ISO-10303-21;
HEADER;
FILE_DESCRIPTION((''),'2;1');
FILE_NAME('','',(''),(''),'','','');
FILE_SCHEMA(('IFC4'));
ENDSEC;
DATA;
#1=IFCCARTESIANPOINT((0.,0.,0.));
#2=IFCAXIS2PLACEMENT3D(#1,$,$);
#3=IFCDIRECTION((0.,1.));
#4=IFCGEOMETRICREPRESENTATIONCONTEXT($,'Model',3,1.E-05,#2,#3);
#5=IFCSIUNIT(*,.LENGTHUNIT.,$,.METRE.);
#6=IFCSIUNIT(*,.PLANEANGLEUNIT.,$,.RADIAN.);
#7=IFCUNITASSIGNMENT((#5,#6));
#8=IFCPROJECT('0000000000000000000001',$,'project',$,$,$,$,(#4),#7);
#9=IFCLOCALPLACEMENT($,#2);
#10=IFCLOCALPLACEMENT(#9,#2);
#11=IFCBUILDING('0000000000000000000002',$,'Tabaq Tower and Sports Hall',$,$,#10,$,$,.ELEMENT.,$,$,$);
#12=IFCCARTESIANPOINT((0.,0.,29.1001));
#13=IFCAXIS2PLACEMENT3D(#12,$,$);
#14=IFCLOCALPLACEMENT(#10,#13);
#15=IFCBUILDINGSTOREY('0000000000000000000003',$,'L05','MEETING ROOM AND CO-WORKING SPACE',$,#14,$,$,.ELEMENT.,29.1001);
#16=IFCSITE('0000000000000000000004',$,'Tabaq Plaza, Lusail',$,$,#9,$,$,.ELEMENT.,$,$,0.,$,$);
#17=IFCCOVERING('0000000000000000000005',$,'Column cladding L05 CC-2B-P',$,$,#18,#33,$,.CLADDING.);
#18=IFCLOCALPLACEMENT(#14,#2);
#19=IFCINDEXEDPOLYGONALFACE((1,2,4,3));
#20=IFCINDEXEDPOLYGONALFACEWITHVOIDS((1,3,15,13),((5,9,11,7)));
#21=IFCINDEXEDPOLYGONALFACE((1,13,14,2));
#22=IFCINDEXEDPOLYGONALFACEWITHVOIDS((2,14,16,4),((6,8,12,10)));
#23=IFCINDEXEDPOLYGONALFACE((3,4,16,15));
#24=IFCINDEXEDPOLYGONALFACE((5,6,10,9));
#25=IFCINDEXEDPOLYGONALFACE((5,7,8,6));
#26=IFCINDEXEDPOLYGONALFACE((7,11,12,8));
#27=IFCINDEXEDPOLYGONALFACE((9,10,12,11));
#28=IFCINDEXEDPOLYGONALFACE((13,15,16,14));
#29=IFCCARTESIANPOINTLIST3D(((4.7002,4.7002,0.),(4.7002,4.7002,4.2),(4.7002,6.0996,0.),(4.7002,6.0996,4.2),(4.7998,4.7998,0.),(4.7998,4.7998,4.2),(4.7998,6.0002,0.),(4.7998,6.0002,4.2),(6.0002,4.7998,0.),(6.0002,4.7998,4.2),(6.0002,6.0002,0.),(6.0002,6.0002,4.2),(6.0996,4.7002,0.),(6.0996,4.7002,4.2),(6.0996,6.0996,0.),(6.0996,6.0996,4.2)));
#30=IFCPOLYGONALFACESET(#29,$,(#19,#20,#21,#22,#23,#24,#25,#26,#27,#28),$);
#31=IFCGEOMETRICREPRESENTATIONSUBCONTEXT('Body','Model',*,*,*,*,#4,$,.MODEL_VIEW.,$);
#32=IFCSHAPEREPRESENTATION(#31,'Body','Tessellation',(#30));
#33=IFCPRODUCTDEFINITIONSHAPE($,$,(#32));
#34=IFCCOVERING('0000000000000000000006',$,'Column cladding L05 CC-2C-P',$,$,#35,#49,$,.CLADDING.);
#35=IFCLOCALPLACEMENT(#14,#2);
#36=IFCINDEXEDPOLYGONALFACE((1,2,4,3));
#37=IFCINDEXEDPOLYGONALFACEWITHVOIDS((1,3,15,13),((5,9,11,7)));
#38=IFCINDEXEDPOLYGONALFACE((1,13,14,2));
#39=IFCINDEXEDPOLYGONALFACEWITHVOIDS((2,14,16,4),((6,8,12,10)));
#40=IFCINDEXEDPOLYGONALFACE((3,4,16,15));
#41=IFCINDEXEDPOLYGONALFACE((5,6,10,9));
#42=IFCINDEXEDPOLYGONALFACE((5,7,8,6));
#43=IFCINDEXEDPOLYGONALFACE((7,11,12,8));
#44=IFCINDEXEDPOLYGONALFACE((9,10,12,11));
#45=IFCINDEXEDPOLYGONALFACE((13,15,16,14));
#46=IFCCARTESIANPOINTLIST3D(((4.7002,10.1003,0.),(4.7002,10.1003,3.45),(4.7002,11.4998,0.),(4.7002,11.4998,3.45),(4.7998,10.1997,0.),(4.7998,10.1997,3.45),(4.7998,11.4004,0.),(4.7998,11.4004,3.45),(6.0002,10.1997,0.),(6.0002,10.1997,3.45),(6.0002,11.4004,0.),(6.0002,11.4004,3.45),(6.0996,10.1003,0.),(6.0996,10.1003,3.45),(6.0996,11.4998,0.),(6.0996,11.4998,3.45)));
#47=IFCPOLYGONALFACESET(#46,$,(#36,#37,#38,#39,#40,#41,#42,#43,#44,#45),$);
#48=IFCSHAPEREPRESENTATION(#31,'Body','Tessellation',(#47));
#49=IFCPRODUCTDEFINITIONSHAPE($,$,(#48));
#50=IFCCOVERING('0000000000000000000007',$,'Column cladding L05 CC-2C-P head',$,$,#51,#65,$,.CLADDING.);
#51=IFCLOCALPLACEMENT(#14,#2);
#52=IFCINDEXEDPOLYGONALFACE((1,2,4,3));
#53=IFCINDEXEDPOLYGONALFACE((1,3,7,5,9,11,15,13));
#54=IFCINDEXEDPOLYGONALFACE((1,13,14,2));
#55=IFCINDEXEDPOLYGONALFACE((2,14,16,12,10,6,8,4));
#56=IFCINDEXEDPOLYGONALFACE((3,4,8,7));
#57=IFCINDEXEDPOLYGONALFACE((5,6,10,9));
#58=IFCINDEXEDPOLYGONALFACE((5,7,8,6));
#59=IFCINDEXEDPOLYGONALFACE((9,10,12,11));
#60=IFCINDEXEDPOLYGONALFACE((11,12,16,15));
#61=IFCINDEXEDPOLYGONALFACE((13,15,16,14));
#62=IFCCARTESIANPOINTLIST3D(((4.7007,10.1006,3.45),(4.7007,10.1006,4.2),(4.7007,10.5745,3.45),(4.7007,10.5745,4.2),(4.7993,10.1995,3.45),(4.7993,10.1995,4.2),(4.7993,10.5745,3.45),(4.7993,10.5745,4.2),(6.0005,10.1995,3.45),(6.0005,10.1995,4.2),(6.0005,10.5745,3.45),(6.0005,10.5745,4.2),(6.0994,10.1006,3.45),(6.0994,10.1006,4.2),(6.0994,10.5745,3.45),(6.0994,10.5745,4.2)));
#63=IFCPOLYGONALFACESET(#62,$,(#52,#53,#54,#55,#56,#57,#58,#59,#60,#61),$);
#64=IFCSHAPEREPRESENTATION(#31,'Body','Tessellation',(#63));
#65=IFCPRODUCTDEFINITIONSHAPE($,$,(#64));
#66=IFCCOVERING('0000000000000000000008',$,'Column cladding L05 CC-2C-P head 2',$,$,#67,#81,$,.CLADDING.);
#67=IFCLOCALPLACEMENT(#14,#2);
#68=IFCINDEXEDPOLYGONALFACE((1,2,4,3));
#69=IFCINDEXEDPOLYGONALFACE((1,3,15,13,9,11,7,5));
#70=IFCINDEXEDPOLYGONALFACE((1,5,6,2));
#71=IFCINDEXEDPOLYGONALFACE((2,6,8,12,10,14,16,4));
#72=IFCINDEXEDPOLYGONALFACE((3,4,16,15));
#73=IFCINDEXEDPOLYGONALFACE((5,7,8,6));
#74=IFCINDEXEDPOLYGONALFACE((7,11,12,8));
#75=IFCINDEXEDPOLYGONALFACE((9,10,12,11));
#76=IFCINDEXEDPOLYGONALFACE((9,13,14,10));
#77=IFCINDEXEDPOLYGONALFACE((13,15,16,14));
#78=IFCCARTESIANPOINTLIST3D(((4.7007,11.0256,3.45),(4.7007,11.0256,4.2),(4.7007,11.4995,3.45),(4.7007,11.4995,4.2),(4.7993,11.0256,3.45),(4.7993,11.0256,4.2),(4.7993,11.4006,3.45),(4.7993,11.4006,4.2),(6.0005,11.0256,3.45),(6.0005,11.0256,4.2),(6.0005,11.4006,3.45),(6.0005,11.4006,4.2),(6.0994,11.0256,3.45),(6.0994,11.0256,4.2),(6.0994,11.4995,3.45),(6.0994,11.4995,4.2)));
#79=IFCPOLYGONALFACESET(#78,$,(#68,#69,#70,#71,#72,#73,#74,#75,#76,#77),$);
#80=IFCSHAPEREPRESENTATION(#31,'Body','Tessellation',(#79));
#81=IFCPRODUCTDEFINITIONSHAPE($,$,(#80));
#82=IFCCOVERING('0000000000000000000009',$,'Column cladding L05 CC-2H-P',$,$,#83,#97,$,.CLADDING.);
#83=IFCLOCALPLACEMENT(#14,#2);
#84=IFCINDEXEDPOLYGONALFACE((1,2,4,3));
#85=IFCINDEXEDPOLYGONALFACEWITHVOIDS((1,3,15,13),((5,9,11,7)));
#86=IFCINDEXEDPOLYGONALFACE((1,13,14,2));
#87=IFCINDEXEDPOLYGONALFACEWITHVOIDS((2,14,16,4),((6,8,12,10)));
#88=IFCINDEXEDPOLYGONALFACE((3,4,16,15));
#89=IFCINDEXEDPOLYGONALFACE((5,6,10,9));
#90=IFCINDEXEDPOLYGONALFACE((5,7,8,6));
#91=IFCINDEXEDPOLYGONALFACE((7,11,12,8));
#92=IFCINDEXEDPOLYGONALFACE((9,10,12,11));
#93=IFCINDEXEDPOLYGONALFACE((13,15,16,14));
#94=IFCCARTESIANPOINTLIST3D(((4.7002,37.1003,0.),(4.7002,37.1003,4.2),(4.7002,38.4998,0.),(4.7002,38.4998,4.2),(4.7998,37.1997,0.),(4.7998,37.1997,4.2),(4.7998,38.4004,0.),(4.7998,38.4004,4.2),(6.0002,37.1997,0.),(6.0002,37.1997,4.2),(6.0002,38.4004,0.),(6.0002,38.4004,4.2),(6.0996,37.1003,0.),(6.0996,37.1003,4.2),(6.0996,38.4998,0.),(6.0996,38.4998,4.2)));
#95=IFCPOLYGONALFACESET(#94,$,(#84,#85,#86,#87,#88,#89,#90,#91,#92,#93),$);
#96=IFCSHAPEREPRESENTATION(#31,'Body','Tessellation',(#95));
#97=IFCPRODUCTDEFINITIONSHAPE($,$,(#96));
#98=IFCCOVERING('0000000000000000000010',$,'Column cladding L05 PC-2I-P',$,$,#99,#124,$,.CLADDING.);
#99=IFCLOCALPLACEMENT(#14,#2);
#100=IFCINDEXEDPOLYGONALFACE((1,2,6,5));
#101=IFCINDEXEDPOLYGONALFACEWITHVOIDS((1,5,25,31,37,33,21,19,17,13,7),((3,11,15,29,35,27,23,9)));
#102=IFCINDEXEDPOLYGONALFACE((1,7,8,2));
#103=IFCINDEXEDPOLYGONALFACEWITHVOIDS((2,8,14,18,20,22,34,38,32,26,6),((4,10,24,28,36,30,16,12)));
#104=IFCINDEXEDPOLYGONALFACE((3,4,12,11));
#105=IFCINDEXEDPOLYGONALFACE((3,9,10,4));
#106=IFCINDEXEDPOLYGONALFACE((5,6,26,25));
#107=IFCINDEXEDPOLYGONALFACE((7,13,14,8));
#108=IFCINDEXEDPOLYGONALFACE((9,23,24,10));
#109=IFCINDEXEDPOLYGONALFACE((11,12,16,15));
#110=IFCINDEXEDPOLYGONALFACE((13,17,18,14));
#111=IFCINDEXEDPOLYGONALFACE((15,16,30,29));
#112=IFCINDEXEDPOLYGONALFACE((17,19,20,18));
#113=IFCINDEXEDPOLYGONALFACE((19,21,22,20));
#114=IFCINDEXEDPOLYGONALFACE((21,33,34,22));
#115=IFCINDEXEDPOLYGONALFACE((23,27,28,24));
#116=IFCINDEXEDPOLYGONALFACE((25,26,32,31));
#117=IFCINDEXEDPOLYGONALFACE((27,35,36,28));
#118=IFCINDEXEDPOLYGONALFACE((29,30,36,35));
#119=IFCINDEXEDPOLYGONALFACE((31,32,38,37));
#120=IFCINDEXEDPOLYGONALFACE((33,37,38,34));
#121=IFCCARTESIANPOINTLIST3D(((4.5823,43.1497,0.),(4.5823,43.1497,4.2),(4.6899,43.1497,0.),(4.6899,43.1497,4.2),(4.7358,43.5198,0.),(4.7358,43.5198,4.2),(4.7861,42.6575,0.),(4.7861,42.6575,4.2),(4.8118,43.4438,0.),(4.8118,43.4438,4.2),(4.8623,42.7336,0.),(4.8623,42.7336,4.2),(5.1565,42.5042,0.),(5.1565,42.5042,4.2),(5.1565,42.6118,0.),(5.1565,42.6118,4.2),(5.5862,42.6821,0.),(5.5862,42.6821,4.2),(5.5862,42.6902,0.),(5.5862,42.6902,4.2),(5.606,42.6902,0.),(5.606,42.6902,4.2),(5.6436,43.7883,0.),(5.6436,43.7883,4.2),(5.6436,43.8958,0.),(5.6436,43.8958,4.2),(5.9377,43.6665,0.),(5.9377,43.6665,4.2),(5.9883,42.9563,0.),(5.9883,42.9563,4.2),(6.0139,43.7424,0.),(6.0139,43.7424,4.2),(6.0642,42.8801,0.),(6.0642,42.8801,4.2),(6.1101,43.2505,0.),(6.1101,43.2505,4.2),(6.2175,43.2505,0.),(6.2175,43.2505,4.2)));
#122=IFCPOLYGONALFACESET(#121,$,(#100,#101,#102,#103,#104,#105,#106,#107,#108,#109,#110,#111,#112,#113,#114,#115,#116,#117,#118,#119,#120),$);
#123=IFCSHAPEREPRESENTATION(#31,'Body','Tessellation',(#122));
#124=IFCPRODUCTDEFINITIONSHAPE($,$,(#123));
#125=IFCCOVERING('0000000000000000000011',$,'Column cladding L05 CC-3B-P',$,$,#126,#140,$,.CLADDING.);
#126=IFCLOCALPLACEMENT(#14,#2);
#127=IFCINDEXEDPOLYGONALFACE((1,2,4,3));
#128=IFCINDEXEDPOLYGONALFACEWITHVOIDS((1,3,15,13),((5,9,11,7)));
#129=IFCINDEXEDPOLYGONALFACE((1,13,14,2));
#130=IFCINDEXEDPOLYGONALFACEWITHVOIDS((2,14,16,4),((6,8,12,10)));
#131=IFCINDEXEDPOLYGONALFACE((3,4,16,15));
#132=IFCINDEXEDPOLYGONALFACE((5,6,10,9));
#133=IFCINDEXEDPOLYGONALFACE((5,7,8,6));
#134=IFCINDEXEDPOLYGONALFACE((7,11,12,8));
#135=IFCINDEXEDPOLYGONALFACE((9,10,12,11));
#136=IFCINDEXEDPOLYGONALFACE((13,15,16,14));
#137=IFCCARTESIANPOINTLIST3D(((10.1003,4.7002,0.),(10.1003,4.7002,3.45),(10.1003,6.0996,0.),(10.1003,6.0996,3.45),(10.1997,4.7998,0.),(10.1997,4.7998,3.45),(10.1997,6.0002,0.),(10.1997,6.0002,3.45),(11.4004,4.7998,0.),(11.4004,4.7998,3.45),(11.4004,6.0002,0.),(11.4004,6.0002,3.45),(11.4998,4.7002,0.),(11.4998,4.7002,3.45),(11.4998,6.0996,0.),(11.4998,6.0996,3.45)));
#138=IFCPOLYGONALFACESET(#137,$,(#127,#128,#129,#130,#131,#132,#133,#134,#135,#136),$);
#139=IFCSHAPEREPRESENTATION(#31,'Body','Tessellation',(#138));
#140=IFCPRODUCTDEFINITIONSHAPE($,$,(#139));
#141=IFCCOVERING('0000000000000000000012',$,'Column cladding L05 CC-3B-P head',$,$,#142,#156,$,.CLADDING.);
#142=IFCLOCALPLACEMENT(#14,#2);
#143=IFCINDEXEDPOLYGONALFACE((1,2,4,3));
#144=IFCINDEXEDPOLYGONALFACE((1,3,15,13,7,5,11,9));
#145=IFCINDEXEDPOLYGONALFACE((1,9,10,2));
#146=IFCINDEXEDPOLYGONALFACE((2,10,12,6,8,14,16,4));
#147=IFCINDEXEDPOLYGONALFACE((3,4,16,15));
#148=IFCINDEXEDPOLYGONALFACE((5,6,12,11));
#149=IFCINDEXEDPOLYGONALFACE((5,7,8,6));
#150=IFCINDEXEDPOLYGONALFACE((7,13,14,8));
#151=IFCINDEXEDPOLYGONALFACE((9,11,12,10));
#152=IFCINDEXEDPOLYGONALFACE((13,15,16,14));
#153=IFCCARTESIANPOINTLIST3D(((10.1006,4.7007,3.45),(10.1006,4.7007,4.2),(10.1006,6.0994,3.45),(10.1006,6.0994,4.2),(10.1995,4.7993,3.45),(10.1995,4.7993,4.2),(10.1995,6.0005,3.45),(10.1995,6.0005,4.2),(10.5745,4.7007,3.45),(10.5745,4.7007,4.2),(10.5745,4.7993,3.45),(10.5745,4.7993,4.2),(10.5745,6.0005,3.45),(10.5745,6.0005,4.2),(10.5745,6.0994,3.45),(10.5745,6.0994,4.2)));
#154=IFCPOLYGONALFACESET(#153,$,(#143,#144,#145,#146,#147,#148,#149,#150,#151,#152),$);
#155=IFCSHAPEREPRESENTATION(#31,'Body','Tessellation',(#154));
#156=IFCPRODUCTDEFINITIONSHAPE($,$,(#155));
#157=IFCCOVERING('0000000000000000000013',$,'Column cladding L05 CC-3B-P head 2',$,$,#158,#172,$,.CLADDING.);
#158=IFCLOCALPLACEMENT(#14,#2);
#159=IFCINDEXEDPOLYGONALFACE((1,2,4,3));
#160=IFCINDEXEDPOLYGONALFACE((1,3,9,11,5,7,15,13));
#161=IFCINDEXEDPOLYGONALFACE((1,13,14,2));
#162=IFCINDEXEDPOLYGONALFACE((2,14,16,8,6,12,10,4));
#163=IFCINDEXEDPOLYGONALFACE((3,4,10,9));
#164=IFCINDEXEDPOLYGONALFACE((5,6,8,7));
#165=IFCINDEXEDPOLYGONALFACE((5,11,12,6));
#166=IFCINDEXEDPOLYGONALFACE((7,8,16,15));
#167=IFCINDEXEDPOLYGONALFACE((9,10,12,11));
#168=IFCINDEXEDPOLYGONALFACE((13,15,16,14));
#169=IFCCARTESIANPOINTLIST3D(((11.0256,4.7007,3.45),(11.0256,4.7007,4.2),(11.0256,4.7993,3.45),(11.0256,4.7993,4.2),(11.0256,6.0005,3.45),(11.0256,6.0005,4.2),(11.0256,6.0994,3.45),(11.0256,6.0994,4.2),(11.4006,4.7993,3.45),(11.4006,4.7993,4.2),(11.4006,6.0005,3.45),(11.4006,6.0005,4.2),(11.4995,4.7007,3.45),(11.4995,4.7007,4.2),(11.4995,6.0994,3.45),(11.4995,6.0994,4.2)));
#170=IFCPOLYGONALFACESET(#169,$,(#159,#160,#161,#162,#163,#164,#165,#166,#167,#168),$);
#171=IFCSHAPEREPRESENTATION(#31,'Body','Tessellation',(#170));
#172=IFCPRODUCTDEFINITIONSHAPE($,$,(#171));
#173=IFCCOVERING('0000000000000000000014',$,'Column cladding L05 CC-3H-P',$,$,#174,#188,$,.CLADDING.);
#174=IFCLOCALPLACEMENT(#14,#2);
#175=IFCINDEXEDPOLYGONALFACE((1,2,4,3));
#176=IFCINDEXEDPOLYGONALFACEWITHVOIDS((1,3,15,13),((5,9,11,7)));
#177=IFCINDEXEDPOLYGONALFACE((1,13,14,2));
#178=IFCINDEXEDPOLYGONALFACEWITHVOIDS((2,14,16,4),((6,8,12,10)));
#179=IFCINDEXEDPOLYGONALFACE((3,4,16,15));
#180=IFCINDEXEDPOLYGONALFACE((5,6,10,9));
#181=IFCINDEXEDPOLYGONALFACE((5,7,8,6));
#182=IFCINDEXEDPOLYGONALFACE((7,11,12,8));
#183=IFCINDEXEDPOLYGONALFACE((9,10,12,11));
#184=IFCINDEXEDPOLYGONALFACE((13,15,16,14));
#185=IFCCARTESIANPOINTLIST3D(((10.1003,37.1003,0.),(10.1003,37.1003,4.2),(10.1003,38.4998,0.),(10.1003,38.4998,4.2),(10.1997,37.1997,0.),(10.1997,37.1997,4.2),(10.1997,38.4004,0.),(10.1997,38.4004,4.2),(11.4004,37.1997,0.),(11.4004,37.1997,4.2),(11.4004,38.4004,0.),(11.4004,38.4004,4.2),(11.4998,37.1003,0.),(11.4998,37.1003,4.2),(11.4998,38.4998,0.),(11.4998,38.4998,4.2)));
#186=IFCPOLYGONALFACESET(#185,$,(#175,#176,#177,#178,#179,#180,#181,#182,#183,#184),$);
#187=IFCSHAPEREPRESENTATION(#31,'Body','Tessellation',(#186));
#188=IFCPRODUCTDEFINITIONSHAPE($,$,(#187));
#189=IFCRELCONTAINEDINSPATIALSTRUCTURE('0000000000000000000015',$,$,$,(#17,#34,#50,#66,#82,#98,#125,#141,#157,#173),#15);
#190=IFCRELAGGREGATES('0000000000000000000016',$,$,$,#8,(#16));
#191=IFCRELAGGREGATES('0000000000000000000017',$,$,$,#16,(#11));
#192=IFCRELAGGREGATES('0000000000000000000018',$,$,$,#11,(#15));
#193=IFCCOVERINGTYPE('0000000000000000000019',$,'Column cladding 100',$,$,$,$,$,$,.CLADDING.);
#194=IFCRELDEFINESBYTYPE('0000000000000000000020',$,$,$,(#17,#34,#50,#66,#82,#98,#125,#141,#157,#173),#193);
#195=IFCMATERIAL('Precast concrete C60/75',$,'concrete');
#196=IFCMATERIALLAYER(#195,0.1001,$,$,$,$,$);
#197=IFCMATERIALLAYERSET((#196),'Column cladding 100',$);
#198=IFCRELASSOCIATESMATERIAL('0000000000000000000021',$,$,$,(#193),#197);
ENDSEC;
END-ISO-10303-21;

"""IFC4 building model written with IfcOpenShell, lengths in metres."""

from ifc_helpers import new_model, si_unit, direction, frame, origin, place, context, subcontext, project, spatial, polyline, outline, extrude, material, layer, layer_set, type_object, element, save


model = new_model("IFC4")

# Units and contexts
model_context = context("Model", 3, precision=1e-05, world=origin(), true_north=direction((0.0, 1.0)))
body_context = subcontext(model_context, "Body", "Model", "MODEL_VIEW")
ifc_project = project(units=[si_unit("LENGTHUNIT", "METRE"), si_unit("PLANEANGLEUNIT", "RADIAN")], contexts=[model_context])

# Site, building, storey
site_placement = place(None, origin())
site = spatial("IfcSite", under=ifc_project, at=site_placement, Name="Tabaq Plaza, Lusail", CompositionType="ELEMENT", RefElevation=0.0)
building_placement = place(site_placement, origin())
building = spatial("IfcBuilding", under=site, at=building_placement, Name="Tabaq Tower and Sports Hall", CompositionType="ELEMENT")
storey_placement = place(building_placement, frame((0.0, 0.0, 29.1001)))
storey = spatial("IfcBuildingStorey", under=building, at=storey_placement, Name="L05", Description="MEETING ROOM AND CO-WORKING SPACE", CompositionType="ELEMENT", Elevation=29.1001)

# Coverings
ifc_material_1 = material(Name="Precast concrete C60/75", Category="concrete")
ifc_layer = layer(ifc_material_1, 0.1001)
ifc_layer_set = layer_set([ifc_layer], Name="Column cladding 100")
covering_type_1 = type_object("IfcCoveringType", Name="Column cladding 100", PredefinedType="CLADDING", material=ifc_layer_set)
covering_1_placement = place(storey_placement, origin())
element("IfcCovering", 1, at=covering_1_placement, inside=storey, type_object=covering_type_1, Name="Column cladding L05 CC-2B-P", PredefinedType="CLADDING", context=body_context, shape_type="SweptSolid", body=[
    extrude(outline(polyline([(4.7002, 6.0996), (6.0996, 6.0996), (6.0996, 4.7002), (4.7002, 4.7002), (4.7002, 6.0996)]), holes=[polyline([(6.0002, 4.7998), (6.0002, 6.0002), (4.7998, 6.0002), (4.7998, 4.7998), (6.0002, 4.7998)])]), origin(), (0.0, 0.0, 1.0), 4.2),
])
covering_2_placement = place(storey_placement, origin())
element("IfcCovering", 2, at=covering_2_placement, inside=storey, type_object=covering_type_1, Name="Column cladding L05 CC-2C-P", PredefinedType="CLADDING", context=body_context, shape_type="SweptSolid", body=[
    extrude(outline(polyline([(4.7002, 11.4998), (6.0996, 11.4998), (6.0996, 10.1003), (4.7002, 10.1003), (4.7002, 11.4998)]), holes=[polyline([(6.0002, 10.1997), (6.0002, 11.4004), (4.7998, 11.4004), (4.7998, 10.1997), (6.0002, 10.1997)])]), origin(), (0.0, 0.0, 1.0), 3.45),
])
covering_3_placement = place(storey_placement, frame((0.0, 0.0, 3.45)))
element("IfcCovering", 3, at=covering_3_placement, inside=storey, type_object=covering_type_1, Name="Column cladding L05 CC-2C-P head", PredefinedType="CLADDING", context=body_context, shape_type="SweptSolid", body=[
    extrude(outline(polyline([(4.7993, 10.5745), (4.7993, 10.1995), (6.0005, 10.1995), (6.0005, 10.5745), (6.0994, 10.5745), (6.0994, 10.1006), (4.7007, 10.1006), (4.7007, 10.5745), (4.7993, 10.5745)])), origin(), (0.0, 0.0, 1.0), 0.75),
])
covering_4_placement = place(storey_placement, frame((0.0, 0.0, 3.45)))
element("IfcCovering", 4, at=covering_4_placement, inside=storey, type_object=covering_type_1, Name="Column cladding L05 CC-2C-P head 2", PredefinedType="CLADDING", context=body_context, shape_type="SweptSolid", body=[
    extrude(outline(polyline([(4.7993, 11.0256), (4.7007, 11.0256), (4.7007, 11.4995), (6.0994, 11.4995), (6.0994, 11.0256), (6.0005, 11.0256), (6.0005, 11.4006), (4.7993, 11.4006), (4.7993, 11.0256)])), origin(), (0.0, 0.0, 1.0), 0.75),
])
covering_5_placement = place(storey_placement, origin())
element("IfcCovering", 5, at=covering_5_placement, inside=storey, type_object=covering_type_1, Name="Column cladding L05 CC-2H-P", PredefinedType="CLADDING", context=body_context, shape_type="SweptSolid", body=[
    extrude(outline(polyline([(4.7002, 38.4998), (6.0996, 38.4998), (6.0996, 37.1003), (4.7002, 37.1003), (4.7002, 38.4998)]), holes=[polyline([(6.0002, 37.1997), (6.0002, 38.4004), (4.7998, 38.4004), (4.7998, 37.1997), (6.0002, 37.1997)])]), origin(), (0.0, 0.0, 1.0), 4.2),
])
covering_6_placement = place(storey_placement, origin())
element("IfcCovering", 6, at=covering_6_placement, inside=storey, type_object=covering_type_1, Name="Column cladding L05 PC-2I-P", PredefinedType="CLADDING", context=body_context, shape_type="SweptSolid", body=[
    extrude(outline(polyline([(4.5823, 43.1497), (4.7358, 43.5198), (5.6436, 43.8958), (6.0139, 43.7424), (6.2175, 43.2505), (6.0642, 42.8801), (5.606, 42.6902), (5.5862, 42.6902), (5.5862, 42.6821), (5.1565, 42.5042), (4.7861, 42.6575), (4.5823, 43.1497)]), holes=[polyline([(6.1101, 43.2505), (5.9377, 43.6665), (5.6436, 43.7883), (4.8118, 43.4438), (4.6899, 43.1497), (4.8623, 42.7336), (5.1565, 42.6118), (5.9883, 42.9563), (6.1101, 43.2505)])]), origin(), (0.0, 0.0, 1.0), 4.2),
])
covering_7_placement = place(storey_placement, origin())
element("IfcCovering", 7, at=covering_7_placement, inside=storey, type_object=covering_type_1, Name="Column cladding L05 CC-3B-P", PredefinedType="CLADDING", context=body_context, shape_type="SweptSolid", body=[
    extrude(outline(polyline([(10.1003, 6.0996), (11.4998, 6.0996), (11.4998, 4.7002), (10.1003, 4.7002), (10.1003, 6.0996)]), holes=[polyline([(11.4004, 4.7998), (11.4004, 6.0002), (10.1997, 6.0002), (10.1997, 4.7998), (11.4004, 4.7998)])]), origin(), (0.0, 0.0, 1.0), 3.45),
])
covering_8_placement = place(storey_placement, frame((0.0, 0.0, 3.45)))
element("IfcCovering", 8, at=covering_8_placement, inside=storey, type_object=covering_type_1, Name="Column cladding L05 CC-3B-P head", PredefinedType="CLADDING", context=body_context, shape_type="SweptSolid", body=[
    extrude(outline(polyline([(10.5745, 4.7993), (10.5745, 4.7007), (10.1006, 4.7007), (10.1006, 6.0994), (10.5745, 6.0994), (10.5745, 6.0005), (10.1995, 6.0005), (10.1995, 4.7993), (10.5745, 4.7993)])), origin(), (0.0, 0.0, 1.0), 0.75),
])
covering_9_placement = place(storey_placement, frame((0.0, 0.0, 3.45)))
element("IfcCovering", 9, at=covering_9_placement, inside=storey, type_object=covering_type_1, Name="Column cladding L05 CC-3B-P head 2", PredefinedType="CLADDING", context=body_context, shape_type="SweptSolid", body=[
    extrude(outline(polyline([(11.0256, 4.7993), (11.4006, 4.7993), (11.4006, 6.0005), (11.0256, 6.0005), (11.0256, 6.0994), (11.4995, 6.0994), (11.4995, 4.7007), (11.0256, 4.7007), (11.0256, 4.7993)])), origin(), (0.0, 0.0, 1.0), 0.75),
])
covering_10_placement = place(storey_placement, origin())
element("IfcCovering", 10, at=covering_10_placement, inside=storey, type_object=covering_type_1, Name="Column cladding L05 CC-3H-P", PredefinedType="CLADDING", context=body_context, shape_type="SweptSolid", body=[
    extrude(outline(polyline([(10.1003, 38.4998), (11.4998, 38.4998), (11.4998, 37.1003), (10.1003, 37.1003), (10.1003, 38.4998)]), holes=[polyline([(11.4004, 37.1997), (11.4004, 38.4004), (10.1997, 38.4004), (10.1997, 37.1997), (11.4004, 37.1997)])]), origin(), (0.0, 0.0, 1.0), 4.2),
])

save(model, "model.ifc")
